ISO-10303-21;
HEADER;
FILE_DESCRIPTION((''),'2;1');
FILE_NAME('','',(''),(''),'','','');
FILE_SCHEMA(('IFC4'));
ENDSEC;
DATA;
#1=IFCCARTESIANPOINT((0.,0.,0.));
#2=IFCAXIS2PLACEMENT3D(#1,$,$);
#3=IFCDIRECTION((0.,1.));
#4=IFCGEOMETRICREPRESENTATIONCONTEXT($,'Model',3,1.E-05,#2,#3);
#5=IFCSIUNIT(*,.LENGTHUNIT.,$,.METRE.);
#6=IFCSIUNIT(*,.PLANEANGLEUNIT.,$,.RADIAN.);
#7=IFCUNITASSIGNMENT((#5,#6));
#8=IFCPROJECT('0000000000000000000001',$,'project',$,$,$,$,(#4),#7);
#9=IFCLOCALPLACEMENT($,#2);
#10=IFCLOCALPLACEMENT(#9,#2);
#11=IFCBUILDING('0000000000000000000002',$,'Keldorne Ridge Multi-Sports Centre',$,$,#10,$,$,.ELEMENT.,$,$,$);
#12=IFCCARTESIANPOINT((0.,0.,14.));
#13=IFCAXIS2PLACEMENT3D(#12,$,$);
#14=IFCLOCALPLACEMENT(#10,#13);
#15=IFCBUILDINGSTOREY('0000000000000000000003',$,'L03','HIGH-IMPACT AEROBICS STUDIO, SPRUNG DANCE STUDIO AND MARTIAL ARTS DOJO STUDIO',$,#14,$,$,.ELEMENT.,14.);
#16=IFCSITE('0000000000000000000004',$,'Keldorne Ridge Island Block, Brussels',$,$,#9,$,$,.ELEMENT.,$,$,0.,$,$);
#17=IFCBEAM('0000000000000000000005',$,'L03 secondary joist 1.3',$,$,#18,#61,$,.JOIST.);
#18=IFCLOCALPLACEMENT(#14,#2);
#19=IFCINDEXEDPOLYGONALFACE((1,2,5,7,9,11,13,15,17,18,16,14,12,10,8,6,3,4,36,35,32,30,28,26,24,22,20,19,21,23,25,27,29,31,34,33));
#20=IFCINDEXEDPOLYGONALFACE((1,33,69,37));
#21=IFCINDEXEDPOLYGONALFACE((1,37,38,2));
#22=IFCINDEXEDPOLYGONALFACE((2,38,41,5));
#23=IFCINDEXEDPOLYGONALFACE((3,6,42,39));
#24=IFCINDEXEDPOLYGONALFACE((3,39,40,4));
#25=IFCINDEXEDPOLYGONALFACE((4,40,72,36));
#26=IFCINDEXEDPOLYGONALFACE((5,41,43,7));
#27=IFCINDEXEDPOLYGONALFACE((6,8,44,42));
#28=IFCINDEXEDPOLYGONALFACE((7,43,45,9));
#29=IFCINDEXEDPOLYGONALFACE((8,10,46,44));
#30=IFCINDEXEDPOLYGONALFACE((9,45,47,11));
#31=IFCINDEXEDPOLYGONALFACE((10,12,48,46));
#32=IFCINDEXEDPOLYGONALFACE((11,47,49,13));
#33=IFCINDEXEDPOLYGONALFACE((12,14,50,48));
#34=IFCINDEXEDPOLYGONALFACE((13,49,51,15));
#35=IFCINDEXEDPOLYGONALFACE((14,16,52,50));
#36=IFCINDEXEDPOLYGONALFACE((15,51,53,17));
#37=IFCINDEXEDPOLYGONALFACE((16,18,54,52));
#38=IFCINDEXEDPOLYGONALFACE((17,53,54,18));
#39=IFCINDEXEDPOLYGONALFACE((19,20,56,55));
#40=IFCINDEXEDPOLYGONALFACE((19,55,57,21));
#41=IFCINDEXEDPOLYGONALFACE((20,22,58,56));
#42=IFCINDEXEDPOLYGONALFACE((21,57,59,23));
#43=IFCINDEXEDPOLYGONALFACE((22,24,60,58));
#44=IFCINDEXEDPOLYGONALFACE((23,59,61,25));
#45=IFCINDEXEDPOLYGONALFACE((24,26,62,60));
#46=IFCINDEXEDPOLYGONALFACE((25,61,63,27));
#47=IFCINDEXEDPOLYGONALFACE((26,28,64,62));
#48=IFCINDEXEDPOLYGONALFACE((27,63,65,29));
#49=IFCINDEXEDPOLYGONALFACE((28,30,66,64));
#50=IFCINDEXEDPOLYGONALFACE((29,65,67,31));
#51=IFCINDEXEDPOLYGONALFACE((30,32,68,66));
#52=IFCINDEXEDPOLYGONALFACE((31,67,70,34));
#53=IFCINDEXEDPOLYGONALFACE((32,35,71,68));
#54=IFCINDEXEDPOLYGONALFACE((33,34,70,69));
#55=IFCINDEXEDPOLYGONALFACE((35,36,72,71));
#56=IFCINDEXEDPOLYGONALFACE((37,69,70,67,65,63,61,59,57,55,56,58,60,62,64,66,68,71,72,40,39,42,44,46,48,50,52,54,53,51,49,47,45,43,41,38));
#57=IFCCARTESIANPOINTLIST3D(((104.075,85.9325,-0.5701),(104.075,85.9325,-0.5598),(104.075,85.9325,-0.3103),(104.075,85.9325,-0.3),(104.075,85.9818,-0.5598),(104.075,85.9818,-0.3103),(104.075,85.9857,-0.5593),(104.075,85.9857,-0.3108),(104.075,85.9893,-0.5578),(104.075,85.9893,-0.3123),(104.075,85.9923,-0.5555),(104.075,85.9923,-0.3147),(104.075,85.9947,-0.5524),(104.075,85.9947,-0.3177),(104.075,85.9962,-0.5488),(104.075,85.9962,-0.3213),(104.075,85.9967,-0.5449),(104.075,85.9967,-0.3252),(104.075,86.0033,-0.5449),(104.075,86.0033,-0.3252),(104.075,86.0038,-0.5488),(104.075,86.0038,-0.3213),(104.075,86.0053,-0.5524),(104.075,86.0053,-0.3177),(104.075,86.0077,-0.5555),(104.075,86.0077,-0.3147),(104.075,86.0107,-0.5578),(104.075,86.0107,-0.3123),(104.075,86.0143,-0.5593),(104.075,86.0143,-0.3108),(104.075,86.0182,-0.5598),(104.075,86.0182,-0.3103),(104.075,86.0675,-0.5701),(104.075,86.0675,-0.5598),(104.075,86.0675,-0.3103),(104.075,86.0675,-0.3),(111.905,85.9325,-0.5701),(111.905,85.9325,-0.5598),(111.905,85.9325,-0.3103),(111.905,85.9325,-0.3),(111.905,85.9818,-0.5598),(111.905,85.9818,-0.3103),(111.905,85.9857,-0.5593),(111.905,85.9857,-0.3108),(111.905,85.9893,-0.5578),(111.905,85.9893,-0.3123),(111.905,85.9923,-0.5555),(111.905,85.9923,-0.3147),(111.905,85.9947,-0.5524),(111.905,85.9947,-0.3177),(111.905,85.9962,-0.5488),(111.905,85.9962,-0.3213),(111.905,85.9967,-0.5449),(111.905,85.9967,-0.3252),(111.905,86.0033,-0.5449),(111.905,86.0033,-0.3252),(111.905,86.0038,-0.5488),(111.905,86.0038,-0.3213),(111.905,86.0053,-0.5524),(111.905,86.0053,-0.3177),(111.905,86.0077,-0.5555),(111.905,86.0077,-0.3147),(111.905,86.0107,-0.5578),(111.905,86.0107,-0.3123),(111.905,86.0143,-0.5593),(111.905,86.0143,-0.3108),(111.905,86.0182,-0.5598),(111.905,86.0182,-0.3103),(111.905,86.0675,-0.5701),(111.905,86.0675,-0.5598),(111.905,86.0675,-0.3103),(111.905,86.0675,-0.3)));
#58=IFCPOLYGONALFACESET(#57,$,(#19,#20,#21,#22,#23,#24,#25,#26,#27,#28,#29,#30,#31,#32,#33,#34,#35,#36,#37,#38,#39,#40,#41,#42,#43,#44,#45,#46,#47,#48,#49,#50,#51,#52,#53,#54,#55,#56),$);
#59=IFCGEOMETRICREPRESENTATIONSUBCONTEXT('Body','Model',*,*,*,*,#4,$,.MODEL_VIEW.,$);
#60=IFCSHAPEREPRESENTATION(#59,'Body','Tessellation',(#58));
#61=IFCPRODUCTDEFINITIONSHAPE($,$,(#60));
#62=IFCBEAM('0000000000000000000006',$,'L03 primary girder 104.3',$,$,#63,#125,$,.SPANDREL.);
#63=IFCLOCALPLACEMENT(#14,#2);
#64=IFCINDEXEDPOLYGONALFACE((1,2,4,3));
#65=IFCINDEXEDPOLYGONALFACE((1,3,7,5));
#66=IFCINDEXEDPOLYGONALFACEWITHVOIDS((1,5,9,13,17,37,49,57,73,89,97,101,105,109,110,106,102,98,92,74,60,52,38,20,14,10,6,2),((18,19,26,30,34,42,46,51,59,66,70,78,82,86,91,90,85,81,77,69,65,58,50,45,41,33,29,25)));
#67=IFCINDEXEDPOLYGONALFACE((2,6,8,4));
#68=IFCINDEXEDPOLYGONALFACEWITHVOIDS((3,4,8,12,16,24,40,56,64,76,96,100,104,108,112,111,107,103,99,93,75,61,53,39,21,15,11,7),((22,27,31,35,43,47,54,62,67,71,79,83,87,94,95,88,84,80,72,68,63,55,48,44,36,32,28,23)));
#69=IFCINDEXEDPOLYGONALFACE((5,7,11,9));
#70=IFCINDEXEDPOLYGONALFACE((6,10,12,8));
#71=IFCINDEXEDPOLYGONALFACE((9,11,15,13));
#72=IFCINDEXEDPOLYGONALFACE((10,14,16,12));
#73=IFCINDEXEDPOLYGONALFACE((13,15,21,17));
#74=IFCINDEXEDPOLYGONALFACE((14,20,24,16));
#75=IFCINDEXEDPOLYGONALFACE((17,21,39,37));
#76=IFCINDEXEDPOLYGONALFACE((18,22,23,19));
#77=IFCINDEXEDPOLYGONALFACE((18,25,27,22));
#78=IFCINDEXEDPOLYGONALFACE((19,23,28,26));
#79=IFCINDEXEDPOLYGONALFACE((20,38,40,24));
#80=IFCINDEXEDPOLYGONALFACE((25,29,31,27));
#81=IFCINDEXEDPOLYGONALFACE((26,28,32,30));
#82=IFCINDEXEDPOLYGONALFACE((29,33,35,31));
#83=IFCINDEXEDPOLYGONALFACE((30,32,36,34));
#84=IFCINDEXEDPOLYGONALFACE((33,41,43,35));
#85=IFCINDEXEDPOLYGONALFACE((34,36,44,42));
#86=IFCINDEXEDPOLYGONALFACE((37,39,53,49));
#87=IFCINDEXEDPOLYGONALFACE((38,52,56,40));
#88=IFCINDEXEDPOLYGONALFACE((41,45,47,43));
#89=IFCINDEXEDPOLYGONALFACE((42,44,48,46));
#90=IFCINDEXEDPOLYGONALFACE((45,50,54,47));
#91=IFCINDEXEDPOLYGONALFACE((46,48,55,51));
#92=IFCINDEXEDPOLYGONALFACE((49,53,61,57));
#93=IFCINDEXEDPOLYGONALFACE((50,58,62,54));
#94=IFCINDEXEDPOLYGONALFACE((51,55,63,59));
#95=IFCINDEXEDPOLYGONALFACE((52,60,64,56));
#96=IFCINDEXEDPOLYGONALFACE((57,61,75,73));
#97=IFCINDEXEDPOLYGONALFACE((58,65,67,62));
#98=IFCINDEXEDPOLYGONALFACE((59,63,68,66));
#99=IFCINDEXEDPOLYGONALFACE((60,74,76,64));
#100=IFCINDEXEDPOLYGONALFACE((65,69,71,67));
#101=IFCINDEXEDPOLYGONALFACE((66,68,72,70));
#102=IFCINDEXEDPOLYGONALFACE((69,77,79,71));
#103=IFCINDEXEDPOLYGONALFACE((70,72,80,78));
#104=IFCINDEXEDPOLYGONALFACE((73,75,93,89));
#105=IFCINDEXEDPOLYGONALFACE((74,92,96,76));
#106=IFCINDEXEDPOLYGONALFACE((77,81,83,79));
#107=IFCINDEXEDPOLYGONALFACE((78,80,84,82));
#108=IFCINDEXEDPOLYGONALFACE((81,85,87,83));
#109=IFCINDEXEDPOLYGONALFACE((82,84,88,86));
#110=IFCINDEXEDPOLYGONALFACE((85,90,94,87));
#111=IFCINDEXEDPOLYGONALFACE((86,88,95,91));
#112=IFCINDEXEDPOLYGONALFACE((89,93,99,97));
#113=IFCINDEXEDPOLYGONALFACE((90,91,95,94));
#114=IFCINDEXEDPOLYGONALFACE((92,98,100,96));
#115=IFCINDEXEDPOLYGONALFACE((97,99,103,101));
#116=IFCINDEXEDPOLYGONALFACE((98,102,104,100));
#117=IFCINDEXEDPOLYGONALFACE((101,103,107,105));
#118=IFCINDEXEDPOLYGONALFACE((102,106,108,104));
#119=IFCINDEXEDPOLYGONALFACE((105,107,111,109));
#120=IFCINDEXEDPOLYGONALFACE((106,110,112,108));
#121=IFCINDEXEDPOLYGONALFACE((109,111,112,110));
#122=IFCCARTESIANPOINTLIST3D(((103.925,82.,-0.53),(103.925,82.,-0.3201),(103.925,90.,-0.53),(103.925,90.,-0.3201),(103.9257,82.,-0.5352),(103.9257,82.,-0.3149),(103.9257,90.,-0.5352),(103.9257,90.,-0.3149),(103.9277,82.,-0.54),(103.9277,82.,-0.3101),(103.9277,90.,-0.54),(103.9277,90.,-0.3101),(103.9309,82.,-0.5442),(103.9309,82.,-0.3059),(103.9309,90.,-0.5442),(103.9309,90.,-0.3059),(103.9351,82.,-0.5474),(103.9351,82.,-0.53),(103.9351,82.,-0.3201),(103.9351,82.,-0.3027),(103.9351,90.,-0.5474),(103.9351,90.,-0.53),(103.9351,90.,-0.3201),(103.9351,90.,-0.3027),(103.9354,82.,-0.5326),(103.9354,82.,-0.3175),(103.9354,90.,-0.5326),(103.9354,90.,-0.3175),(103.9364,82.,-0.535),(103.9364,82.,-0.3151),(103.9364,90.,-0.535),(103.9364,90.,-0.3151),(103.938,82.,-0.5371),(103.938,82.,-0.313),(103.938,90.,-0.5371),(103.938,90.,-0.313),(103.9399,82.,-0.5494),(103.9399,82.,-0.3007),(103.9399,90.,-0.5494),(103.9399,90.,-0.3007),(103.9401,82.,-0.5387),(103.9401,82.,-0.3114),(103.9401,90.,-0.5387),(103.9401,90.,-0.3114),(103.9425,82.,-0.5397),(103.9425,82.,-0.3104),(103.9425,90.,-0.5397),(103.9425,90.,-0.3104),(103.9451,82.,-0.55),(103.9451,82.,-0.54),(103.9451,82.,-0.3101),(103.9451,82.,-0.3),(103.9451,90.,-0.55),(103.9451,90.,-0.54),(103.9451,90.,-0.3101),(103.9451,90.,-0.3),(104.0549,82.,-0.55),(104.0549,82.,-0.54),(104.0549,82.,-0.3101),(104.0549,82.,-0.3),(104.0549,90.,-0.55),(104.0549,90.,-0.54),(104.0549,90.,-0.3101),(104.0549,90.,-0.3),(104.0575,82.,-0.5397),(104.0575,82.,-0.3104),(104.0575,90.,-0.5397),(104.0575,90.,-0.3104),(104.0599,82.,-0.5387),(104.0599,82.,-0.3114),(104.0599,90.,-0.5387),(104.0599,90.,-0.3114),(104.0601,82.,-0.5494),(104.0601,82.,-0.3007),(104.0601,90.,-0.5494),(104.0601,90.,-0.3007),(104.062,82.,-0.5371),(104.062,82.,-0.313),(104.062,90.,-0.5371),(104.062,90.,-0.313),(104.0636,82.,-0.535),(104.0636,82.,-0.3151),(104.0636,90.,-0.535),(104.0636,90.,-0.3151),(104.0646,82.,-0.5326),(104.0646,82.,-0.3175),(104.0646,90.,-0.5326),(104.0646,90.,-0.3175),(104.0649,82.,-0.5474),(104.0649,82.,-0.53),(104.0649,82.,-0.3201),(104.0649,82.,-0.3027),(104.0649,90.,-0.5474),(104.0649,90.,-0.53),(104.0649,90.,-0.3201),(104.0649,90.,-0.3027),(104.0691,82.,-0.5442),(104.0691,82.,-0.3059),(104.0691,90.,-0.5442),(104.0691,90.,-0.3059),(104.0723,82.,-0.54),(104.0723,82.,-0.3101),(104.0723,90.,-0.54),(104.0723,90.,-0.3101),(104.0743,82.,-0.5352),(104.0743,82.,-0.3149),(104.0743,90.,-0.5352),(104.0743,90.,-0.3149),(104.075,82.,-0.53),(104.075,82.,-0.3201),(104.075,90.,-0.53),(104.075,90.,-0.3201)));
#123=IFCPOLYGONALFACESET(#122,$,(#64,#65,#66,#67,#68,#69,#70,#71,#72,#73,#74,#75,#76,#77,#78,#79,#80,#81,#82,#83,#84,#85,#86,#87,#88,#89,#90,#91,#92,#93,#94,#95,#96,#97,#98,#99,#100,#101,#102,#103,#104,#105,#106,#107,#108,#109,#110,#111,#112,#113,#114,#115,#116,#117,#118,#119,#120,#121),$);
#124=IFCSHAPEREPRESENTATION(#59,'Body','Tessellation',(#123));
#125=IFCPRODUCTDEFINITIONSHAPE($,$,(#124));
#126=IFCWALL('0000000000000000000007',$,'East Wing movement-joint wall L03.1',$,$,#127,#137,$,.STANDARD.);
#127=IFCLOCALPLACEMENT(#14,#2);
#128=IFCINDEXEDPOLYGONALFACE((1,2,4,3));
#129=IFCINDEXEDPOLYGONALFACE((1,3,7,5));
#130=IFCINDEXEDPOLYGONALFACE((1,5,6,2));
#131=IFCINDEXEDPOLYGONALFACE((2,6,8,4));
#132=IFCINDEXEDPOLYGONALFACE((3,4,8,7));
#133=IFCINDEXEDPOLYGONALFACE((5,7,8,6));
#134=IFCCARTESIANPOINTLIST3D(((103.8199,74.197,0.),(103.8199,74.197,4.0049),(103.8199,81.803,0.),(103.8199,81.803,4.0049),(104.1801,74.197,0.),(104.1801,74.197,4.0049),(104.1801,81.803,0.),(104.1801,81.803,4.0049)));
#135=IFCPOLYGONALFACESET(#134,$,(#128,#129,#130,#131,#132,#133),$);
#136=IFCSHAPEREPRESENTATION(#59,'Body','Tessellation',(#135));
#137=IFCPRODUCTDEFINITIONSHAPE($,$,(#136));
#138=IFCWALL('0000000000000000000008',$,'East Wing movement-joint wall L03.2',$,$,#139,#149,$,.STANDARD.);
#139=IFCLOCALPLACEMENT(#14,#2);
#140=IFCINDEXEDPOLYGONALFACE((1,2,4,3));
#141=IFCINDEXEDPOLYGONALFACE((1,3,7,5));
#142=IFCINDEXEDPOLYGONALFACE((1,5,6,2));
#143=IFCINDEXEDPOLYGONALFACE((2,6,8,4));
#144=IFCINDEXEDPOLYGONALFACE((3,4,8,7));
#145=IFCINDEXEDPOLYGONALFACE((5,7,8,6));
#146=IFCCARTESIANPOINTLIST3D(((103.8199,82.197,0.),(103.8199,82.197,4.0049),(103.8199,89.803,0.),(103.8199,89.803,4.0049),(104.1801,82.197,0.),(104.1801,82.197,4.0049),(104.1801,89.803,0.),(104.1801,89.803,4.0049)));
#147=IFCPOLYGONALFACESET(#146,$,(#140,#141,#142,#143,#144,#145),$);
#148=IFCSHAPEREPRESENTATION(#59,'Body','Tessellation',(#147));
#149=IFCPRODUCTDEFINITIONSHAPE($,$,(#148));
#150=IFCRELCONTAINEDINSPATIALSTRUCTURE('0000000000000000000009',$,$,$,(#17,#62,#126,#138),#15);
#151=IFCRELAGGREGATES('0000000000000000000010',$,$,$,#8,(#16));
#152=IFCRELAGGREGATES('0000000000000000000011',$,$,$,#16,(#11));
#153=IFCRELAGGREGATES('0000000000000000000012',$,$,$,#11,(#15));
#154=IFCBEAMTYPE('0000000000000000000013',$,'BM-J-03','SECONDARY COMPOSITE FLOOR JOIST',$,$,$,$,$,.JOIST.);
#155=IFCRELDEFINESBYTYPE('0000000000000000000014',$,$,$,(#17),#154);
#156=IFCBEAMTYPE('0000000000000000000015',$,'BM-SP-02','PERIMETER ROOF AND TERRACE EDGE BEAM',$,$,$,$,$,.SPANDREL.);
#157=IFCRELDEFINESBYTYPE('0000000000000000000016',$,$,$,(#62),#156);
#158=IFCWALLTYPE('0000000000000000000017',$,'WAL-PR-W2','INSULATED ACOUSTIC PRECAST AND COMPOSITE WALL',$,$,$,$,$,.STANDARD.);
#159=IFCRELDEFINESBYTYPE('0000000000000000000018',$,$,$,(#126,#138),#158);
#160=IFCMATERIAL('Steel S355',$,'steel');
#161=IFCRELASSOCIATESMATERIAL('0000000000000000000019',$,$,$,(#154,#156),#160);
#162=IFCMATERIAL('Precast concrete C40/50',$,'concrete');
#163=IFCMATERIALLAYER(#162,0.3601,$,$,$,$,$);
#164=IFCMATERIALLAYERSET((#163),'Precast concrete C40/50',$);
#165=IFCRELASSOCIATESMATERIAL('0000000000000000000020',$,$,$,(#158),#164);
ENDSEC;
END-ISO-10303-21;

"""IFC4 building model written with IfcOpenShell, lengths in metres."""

from ifc_helpers import new_model, si_unit, direction, frame, frame_2d, origin, origin_2d, place, context, subcontext, project, spatial, rectangle, hollow_rectangle, i_section, extrude, material, layer, layer_set, material_profile, profile_set, type_object, element, save


model = new_model("IFC4")

# Units and contexts
model_context = context("Model", 3, precision=1e-05, world=origin(), true_north=direction((0.0, 1.0)))
body_context = subcontext(model_context, "Body", "Model", "MODEL_VIEW")
ifc_project = project(units=[si_unit("LENGTHUNIT", "METRE"), si_unit("PLANEANGLEUNIT", "RADIAN")], contexts=[model_context])

# Site, building, storey
site_placement = place(None, origin())
site = spatial("IfcSite", under=ifc_project, at=site_placement, Name="Keldorne Ridge Island Block, Brussels", CompositionType="ELEMENT", RefElevation=0.0)
building_placement = place(site_placement, origin())
building = spatial("IfcBuilding", under=site, at=building_placement, Name="Keldorne Ridge Multi-Sports Centre", CompositionType="ELEMENT")
storey_placement = place(building_placement, frame((0.0, 0.0, 14.0)))
storey = spatial("IfcBuildingStorey", under=building, at=storey_placement, Name="L03", Description="HIGH-IMPACT AEROBICS STUDIO, SPRUNG DANCE STUDIO AND MARTIAL ARTS DOJO STUDIO", CompositionType="ELEMENT", Elevation=14.0)

# Shared definitions
ifc_material_1 = material(Name="Steel S355", Category="steel")

# Beams
ifc_material_profile_1 = material_profile(ifc_material_1, i_section(OverallWidth=0.135, OverallDepth=0.27, WebThickness=0.0066, FlangeThickness=0.0103, FilletRadius=0.0149, at=origin_2d()), Name="IPE 270")
ifc_profile_set_1 = profile_set([ifc_material_profile_1], Name="Steel S355")
beam_type_1 = type_object("IfcBeamType", Name="BM-J-03", Description="SECONDARY COMPOSITE FLOOR JOIST", PredefinedType="JOIST", material=ifc_profile_set_1)
beam_1_placement = place(storey_placement, frame((104.075, 86.0, -0.4351), z_axis=(1.0, 0.0, 0.0), x_axis=(0.0, 1.0, 0.0)))
element("IfcBeam", 1, at=beam_1_placement, inside=storey, type_object=beam_type_1, Name="L03 secondary joist 1.3", PredefinedType="JOIST", context=body_context, shape_type="SweptSolid", body=[
    extrude(i_section(OverallWidth=0.135, OverallDepth=0.27, WebThickness=0.0066, FlangeThickness=0.0103, FilletRadius=0.0149, at=origin_2d()), origin(), (0.0, 0.0, 1.0), 7.8301),
])
ifc_material_profile_2 = material_profile(ifc_material_1, hollow_rectangle(XDim=0.1499, YDim=0.25, WallThickness=0.01, InnerFilletRadius=0.01, OuterFilletRadius=0.02, at=origin_2d()), Name="RHS 250x150x10")
ifc_profile_set_2 = profile_set([ifc_material_profile_2], Name="Steel S355")
beam_type_2 = type_object("IfcBeamType", Name="BM-SP-02", Description="PERIMETER ROOF AND TERRACE EDGE BEAM", PredefinedType="SPANDREL", material=ifc_profile_set_2)
beam_2_placement = place(storey_placement, frame((104.0, 82.0, -0.425), z_axis=(0.0, 1.0, 0.0), x_axis=(-1.0, 0.0, 0.0)))
element("IfcBeam", 2, at=beam_2_placement, inside=storey, type_object=beam_type_2, Name="L03 primary girder 104.3", PredefinedType="SPANDREL", context=body_context, shape_type="SweptSolid", body=[
    extrude(hollow_rectangle(XDim=0.1499, YDim=0.25, WallThickness=0.01, InnerFilletRadius=0.01, OuterFilletRadius=0.02, at=origin_2d()), origin(), (0.0, 0.0, 1.0), 8.0),
])

# Walls
ifc_material_2 = material(Name="Precast concrete C40/50", Category="concrete")
ifc_layer_1 = layer(ifc_material_2, 0.3601)
ifc_layer_set_1 = layer_set([ifc_layer_1], Name="Precast concrete C40/50")
wall_type_1 = type_object("IfcWallType", Name="WAL-PR-W2", Description="INSULATED ACOUSTIC PRECAST AND COMPOSITE WALL", PredefinedType="STANDARD", material=ifc_layer_set_1)
for number, where, z_axis, x_axis, name in (
    (3, (104.0, 81.803, 0.0), (0.0, 0.0, 1.0), (0.0, -1.0, 0.0), "East Wing movement-joint wall L03.1"),
    (4, (104.0, 89.803, 0.0), (0.0, 0.0, 1.0), (0.0, -1.0, 0.0), "East Wing movement-joint wall L03.2"),
):
    element("IfcWall", number, at=place(storey_placement, frame(where, z_axis=z_axis, x_axis=x_axis)), inside=storey, type_object=wall_type_1, Name=name, PredefinedType="STANDARD", context=body_context, shape_type="SweptSolid", body=[
        extrude(rectangle(XDim=7.606, YDim=0.3601, at=frame_2d((3.803, 0.0))), origin(), (0.0, 0.0, 1.0), 4.0049),
    ])

save(model, "model.ifc")
